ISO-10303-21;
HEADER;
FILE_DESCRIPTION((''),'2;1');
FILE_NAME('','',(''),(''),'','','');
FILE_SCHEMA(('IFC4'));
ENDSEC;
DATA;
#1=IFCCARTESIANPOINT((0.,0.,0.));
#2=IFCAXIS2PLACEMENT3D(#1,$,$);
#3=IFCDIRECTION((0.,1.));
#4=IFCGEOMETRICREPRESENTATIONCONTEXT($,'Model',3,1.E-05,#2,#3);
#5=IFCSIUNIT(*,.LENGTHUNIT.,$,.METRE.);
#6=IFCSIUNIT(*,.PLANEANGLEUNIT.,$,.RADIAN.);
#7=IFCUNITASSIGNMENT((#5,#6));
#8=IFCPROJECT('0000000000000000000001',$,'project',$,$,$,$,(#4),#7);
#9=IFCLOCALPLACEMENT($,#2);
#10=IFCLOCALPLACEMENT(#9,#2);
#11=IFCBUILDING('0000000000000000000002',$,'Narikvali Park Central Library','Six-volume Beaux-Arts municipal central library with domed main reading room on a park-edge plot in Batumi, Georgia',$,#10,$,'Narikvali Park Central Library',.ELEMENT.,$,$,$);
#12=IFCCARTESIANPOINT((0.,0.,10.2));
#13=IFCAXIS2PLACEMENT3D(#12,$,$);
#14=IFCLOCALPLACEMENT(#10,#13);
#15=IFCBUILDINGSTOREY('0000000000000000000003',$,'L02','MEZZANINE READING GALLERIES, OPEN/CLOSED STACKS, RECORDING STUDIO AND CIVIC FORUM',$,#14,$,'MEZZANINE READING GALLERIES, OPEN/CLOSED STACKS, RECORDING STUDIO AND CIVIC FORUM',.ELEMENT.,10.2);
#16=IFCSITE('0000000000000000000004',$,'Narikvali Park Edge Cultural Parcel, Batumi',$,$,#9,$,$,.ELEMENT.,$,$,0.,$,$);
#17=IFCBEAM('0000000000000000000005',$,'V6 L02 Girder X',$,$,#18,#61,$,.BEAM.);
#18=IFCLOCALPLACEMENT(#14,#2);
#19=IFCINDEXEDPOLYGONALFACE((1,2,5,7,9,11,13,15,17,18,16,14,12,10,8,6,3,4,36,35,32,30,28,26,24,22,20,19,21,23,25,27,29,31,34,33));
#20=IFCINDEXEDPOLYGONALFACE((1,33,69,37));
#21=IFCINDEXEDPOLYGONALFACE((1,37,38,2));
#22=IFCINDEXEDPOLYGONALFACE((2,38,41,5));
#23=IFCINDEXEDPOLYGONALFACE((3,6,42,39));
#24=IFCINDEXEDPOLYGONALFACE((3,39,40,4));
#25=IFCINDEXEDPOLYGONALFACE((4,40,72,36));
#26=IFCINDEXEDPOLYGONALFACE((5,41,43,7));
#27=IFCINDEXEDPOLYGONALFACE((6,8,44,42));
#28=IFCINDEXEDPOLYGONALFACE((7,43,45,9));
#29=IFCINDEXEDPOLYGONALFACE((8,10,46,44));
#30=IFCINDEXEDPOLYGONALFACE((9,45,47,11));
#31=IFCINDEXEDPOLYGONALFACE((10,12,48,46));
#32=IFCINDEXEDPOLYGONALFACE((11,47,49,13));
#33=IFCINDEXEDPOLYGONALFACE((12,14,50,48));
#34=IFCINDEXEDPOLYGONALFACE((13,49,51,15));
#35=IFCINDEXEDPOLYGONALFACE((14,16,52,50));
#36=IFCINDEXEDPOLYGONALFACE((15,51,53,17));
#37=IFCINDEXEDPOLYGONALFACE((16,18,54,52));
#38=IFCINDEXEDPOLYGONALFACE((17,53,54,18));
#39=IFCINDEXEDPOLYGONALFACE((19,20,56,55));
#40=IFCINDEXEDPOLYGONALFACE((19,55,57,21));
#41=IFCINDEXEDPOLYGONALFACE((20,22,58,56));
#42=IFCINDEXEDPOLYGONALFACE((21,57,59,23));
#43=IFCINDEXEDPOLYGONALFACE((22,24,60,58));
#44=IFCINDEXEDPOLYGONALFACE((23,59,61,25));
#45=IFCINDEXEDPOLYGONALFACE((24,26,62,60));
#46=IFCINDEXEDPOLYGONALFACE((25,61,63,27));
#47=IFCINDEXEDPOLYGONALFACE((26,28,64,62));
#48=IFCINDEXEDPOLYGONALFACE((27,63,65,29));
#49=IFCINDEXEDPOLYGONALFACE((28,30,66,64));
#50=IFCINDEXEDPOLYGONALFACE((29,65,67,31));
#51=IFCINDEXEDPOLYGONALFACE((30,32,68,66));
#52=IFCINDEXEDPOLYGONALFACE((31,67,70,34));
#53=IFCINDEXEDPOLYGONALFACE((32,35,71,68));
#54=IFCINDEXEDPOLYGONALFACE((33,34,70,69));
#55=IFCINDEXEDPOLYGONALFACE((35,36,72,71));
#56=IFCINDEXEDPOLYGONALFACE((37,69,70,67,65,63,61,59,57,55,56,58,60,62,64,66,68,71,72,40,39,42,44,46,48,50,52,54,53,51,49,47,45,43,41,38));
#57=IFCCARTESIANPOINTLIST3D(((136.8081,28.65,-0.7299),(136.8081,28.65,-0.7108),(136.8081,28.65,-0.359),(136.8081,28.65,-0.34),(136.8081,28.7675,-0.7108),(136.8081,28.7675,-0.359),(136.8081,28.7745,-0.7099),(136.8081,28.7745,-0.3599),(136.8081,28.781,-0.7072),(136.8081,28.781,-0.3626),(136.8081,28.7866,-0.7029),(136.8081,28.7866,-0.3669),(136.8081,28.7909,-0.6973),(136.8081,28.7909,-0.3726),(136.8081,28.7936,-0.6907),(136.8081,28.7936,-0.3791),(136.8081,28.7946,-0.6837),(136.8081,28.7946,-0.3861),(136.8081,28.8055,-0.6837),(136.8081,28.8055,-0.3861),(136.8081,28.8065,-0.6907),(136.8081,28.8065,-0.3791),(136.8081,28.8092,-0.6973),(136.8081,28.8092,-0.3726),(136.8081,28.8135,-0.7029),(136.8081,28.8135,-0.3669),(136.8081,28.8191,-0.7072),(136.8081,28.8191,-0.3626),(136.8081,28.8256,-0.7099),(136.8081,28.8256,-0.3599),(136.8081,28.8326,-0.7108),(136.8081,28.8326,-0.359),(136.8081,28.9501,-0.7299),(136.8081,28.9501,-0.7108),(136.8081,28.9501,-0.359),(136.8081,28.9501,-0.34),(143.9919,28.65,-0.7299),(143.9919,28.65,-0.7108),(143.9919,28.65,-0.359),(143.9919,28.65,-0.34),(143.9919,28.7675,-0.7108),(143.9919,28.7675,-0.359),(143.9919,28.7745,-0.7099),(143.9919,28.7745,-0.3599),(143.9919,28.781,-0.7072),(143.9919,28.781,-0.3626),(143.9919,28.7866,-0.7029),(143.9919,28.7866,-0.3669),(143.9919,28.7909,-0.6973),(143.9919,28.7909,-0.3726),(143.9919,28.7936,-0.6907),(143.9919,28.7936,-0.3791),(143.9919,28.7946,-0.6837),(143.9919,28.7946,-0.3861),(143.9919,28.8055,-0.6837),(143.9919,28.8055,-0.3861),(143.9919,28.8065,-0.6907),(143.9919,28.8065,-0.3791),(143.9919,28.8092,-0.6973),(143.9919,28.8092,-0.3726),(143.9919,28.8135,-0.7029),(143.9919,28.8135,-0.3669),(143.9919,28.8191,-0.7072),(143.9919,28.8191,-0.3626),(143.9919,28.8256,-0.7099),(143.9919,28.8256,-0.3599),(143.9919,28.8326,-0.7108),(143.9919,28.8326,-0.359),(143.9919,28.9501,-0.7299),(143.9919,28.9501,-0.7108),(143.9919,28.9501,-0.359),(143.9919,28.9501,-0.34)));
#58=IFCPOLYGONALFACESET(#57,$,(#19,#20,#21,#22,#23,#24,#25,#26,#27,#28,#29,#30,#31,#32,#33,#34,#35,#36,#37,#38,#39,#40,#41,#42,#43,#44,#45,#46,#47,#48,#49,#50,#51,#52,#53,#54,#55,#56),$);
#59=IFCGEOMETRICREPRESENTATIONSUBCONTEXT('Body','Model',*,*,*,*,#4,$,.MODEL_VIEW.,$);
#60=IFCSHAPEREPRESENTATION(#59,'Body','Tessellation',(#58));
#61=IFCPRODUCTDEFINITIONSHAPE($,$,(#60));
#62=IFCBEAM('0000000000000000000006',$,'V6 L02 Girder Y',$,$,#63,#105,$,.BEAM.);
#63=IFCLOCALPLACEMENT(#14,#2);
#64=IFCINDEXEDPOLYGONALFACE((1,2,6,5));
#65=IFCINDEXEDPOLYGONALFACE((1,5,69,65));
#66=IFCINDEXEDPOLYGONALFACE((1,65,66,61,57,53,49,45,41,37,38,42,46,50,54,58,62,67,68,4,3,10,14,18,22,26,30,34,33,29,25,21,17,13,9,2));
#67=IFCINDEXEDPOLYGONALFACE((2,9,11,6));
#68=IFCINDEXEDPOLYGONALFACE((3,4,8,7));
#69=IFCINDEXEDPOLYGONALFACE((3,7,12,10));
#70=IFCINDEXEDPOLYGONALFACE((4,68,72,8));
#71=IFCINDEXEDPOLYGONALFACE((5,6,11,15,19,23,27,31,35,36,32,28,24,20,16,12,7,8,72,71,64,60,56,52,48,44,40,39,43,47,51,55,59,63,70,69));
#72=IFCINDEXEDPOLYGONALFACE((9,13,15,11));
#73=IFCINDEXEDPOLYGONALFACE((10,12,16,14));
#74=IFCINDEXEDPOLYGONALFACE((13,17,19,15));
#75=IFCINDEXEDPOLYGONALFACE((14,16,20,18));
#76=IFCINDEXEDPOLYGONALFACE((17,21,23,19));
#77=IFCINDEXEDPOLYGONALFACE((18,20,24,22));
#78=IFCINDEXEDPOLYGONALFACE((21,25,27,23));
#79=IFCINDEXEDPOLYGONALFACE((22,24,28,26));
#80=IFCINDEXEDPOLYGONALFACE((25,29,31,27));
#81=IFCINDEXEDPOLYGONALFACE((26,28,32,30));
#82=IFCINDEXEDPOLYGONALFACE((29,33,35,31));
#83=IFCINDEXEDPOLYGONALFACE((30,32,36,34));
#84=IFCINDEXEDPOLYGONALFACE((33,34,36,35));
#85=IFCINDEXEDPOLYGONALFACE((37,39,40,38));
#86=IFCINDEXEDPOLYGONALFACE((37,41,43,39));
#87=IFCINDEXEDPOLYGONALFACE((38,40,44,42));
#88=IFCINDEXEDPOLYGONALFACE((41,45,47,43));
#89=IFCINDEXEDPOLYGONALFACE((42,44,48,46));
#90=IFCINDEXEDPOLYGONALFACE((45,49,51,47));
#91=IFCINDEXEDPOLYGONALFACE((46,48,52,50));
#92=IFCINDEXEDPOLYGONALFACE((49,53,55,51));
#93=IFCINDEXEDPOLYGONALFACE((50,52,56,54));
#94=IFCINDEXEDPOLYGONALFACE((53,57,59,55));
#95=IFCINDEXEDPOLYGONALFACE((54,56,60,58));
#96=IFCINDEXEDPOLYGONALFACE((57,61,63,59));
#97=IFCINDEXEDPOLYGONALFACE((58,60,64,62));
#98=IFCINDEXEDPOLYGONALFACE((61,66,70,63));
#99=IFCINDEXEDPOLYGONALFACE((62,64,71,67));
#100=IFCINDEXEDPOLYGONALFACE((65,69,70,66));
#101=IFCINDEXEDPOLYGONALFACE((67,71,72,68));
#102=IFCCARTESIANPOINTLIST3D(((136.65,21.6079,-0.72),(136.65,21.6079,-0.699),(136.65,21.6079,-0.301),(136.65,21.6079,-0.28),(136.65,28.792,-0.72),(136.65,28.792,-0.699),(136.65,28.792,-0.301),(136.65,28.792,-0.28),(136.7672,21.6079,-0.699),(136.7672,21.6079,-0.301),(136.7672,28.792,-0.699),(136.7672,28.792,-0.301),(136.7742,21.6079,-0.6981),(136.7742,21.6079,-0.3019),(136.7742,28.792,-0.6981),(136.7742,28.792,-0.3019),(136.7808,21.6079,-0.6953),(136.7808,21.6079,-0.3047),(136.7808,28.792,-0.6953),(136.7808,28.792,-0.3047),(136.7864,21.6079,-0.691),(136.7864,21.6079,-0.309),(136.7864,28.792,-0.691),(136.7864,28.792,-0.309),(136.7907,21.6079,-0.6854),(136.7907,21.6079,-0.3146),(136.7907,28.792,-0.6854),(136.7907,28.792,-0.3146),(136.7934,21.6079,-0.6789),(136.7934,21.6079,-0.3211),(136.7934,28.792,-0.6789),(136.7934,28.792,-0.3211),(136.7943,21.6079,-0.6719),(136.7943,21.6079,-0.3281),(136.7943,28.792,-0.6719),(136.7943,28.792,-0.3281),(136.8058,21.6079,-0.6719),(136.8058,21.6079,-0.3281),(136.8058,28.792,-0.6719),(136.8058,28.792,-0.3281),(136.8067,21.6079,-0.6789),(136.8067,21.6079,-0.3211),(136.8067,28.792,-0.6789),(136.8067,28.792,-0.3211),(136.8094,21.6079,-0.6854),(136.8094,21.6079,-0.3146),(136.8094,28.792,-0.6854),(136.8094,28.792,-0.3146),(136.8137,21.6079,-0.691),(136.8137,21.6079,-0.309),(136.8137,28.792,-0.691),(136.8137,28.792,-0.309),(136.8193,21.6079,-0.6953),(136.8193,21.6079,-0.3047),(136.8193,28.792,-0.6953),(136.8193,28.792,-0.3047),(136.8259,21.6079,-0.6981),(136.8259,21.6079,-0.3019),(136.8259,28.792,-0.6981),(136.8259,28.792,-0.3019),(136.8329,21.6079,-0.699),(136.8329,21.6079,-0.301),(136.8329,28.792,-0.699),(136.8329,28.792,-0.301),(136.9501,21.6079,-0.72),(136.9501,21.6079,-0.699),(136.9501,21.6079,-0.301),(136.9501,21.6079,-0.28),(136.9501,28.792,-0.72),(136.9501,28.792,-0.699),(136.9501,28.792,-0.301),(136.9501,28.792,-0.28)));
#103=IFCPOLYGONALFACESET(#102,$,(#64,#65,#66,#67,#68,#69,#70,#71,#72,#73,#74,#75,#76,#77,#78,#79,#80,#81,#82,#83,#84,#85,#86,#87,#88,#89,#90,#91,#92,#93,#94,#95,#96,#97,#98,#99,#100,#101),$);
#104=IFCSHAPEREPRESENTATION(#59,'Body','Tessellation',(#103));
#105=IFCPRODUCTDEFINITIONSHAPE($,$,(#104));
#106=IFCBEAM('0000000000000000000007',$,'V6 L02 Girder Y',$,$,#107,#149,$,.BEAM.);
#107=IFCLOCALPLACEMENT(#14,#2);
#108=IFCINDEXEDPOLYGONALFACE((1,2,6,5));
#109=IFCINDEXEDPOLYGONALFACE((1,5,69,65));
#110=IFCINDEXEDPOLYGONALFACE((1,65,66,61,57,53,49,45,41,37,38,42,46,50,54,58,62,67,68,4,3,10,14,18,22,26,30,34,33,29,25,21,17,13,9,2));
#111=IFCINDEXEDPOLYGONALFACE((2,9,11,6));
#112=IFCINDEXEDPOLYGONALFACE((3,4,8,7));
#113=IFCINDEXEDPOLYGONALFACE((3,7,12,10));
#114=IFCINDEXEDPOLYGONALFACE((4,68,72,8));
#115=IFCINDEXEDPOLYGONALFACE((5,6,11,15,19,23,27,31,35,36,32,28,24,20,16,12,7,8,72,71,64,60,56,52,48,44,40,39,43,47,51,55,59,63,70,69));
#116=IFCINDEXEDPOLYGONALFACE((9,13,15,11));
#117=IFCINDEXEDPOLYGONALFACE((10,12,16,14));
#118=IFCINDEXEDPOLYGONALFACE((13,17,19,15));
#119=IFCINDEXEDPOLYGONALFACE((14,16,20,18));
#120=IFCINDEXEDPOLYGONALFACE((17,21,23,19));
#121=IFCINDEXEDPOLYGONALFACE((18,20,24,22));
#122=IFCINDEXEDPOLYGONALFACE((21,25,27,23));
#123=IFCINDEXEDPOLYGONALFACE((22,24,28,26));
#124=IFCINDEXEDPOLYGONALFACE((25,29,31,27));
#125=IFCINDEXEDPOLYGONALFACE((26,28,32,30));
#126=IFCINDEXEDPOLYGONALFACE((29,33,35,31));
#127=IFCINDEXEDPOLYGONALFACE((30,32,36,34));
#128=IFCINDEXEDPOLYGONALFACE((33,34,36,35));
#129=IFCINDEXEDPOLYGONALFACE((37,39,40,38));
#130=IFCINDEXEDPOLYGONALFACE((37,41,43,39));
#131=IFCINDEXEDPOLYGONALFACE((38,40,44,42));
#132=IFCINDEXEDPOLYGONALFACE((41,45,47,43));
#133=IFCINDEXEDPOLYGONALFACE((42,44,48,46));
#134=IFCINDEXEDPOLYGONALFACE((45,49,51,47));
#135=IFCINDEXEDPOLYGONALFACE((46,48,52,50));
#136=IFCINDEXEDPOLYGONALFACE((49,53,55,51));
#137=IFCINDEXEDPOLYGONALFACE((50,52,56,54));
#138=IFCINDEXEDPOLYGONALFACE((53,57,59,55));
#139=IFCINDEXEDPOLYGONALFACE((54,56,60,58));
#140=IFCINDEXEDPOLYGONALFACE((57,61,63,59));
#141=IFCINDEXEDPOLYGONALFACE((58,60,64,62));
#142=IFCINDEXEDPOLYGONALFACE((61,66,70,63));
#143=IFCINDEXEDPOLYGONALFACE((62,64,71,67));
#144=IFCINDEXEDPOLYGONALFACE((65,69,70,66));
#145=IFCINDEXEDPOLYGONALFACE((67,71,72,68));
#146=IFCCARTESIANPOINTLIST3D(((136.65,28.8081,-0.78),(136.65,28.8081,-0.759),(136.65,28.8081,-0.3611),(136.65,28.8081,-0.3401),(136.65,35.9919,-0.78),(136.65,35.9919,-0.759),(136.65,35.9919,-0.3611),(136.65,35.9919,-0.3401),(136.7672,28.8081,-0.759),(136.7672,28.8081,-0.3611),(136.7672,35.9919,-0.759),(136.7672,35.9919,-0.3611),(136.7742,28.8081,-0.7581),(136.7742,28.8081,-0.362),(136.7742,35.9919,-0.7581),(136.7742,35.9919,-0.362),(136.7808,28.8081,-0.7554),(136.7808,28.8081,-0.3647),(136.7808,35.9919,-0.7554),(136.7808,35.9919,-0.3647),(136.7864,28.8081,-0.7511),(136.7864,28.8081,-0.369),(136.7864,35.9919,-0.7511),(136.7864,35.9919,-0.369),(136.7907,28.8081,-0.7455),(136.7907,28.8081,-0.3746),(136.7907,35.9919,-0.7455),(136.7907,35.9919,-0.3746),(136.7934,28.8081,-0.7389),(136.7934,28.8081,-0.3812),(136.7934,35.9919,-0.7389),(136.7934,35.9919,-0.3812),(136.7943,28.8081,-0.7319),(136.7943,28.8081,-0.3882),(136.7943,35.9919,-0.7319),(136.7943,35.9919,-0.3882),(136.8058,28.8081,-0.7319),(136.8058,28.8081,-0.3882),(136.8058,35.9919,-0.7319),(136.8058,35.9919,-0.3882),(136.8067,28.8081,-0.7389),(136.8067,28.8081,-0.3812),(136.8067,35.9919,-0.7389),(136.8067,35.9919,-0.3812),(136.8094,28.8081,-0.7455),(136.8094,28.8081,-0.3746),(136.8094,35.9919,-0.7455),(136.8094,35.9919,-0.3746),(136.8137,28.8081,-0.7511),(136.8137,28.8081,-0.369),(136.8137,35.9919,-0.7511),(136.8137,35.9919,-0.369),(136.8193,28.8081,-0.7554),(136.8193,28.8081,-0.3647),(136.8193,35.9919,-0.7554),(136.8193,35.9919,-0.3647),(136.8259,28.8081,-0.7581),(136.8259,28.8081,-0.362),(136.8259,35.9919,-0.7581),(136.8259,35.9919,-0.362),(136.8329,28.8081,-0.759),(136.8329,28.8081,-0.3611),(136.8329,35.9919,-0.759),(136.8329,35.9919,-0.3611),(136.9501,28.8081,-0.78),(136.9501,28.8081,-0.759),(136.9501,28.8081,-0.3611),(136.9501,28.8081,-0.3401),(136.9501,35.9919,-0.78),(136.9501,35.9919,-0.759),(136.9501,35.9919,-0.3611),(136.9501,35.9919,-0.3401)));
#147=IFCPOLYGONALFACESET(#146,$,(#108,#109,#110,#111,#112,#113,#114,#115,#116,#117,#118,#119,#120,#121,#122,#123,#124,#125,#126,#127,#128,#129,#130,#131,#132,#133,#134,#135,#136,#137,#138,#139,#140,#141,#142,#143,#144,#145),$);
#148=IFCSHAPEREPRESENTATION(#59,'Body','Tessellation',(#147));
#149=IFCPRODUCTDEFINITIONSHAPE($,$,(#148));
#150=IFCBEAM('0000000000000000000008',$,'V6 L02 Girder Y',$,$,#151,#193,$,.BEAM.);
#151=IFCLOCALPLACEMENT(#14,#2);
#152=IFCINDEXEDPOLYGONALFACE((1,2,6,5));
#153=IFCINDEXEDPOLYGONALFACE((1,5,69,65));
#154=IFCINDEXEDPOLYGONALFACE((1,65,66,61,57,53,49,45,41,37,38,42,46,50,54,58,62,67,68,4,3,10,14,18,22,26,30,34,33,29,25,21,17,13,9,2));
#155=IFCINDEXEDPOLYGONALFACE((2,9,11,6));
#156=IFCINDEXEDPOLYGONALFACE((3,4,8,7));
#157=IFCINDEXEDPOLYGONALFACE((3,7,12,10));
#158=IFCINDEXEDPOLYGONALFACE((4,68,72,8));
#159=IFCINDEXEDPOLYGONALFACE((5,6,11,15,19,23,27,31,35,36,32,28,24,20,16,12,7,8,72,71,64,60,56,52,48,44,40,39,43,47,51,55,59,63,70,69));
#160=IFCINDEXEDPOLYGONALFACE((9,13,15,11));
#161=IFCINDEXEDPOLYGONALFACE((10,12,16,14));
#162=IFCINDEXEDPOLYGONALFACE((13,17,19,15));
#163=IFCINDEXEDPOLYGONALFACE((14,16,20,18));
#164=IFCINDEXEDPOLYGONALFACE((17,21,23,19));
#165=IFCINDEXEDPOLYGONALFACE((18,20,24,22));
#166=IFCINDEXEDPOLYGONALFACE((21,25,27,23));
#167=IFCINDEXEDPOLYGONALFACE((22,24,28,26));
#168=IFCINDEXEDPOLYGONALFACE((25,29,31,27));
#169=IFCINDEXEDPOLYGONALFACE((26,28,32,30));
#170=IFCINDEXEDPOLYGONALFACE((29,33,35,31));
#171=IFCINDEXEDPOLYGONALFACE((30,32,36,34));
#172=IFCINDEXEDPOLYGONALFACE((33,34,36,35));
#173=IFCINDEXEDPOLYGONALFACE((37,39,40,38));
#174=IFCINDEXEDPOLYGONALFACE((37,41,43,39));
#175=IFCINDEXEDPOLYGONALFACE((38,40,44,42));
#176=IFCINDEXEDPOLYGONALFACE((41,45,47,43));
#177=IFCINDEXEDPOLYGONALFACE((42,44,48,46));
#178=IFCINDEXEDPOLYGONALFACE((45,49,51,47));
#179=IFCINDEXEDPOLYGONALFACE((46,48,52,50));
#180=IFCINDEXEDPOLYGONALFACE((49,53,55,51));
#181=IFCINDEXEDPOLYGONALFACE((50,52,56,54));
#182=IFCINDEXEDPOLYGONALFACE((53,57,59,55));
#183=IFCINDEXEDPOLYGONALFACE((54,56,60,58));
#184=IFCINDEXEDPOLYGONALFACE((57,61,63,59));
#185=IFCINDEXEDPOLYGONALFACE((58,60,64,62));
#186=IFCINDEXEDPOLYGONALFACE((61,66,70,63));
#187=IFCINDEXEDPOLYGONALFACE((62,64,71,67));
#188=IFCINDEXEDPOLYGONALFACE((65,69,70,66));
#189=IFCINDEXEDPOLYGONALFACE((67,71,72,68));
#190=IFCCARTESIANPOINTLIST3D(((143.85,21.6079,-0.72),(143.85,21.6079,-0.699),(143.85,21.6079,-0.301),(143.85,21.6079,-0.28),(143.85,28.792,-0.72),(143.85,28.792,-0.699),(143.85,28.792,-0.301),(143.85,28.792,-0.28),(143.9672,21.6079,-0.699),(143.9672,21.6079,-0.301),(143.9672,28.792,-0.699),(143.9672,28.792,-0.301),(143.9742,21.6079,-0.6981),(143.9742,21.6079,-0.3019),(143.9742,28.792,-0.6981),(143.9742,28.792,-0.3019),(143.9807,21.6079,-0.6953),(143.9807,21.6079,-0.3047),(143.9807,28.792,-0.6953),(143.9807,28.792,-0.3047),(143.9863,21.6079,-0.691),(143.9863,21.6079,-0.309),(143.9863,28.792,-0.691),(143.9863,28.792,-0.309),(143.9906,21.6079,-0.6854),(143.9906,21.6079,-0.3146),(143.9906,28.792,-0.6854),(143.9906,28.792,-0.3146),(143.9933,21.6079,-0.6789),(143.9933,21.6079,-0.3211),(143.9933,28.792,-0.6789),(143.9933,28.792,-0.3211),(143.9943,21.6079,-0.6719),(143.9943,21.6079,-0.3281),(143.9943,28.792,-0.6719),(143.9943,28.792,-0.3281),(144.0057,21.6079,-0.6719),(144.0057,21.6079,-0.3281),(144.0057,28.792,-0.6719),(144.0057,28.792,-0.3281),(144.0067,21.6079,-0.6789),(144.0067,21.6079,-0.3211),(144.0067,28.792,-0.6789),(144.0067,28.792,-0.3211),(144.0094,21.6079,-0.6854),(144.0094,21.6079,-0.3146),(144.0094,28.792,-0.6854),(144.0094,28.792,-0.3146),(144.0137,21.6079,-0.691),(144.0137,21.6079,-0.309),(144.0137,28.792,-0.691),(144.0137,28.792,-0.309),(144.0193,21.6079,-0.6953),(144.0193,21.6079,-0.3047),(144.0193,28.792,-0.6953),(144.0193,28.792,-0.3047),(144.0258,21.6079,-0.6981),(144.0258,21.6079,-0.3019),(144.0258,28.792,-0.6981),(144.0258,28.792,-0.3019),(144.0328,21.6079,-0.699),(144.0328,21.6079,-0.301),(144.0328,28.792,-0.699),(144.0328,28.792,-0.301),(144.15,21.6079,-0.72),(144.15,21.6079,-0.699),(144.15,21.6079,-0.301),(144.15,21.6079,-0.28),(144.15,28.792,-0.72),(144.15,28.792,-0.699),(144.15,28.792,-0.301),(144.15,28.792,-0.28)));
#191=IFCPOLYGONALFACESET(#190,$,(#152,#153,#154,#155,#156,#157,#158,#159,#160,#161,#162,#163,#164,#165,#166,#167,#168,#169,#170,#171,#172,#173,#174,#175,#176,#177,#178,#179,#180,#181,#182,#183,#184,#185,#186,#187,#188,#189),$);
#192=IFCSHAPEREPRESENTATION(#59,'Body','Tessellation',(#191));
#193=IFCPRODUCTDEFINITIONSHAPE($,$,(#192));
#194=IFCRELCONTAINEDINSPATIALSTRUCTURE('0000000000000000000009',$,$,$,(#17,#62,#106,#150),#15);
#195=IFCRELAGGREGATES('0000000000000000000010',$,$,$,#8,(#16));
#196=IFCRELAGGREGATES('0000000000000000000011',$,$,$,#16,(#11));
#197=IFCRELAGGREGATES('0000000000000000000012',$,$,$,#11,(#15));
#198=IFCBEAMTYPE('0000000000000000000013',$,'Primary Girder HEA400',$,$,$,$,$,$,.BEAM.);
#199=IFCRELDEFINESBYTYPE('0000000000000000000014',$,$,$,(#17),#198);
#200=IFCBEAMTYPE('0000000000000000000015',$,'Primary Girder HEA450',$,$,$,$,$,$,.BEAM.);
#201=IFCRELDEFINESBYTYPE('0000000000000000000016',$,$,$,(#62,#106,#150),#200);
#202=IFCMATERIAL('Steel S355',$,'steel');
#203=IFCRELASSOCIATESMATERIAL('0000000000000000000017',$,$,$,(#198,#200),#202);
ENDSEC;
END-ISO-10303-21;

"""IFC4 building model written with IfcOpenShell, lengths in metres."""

from ifc_helpers import new_model, si_unit, direction, frame, origin, origin_2d, place, context, subcontext, project, spatial, i_section, extrude, material, material_profile, profile_set, type_object, element, save


model = new_model("IFC4")

# Units and contexts
model_context = context("Model", 3, precision=1e-05, world=origin(), true_north=direction((0.0, 1.0)))
body_context = subcontext(model_context, "Body", "Model", "MODEL_VIEW")
ifc_project = project(units=[si_unit("LENGTHUNIT", "METRE"), si_unit("PLANEANGLEUNIT", "RADIAN")], contexts=[model_context])

# Site, building, storey
site_placement = place(None, origin())
site = spatial("IfcSite", under=ifc_project, at=site_placement, Name="Narikvali Park Edge Cultural Parcel, Batumi", CompositionType="ELEMENT", RefElevation=0.0)
building_placement = place(site_placement, origin())
building = spatial("IfcBuilding", under=site, at=building_placement, Name="Narikvali Park Central Library", Description="Six-volume Beaux-Arts municipal central library with domed main reading room on a park-edge plot in Batumi, Georgia", LongName="Narikvali Park Central Library", CompositionType="ELEMENT")
storey_placement = place(building_placement, frame((0.0, 0.0, 10.2)))
storey = spatial("IfcBuildingStorey", under=building, at=storey_placement, Name="L02", Description="MEZZANINE READING GALLERIES, OPEN/CLOSED STACKS, RECORDING STUDIO AND CIVIC FORUM", LongName="MEZZANINE READING GALLERIES, OPEN/CLOSED STACKS, RECORDING STUDIO AND CIVIC FORUM", CompositionType="ELEMENT", Elevation=10.2)

# Shared definitions
ifc_material_1 = material(Name="Steel S355", Category="steel")

# Beams
ifc_material_profile_1 = material_profile(ifc_material_1, i_section(OverallWidth=0.3, OverallDepth=0.3899, WebThickness=0.011, FlangeThickness=0.019, FilletRadius=0.0271, at=origin_2d()), Name="HEA 400")
ifc_profile_set_1 = profile_set([ifc_material_profile_1], Name="Steel S355")
beam_type_1 = type_object("IfcBeamType", Name="Primary Girder HEA400", PredefinedType="BEAM", material=ifc_profile_set_1)
for number, where, z_axis, x_axis, name in (
    (1, (136.8081, 28.8, -0.5349), (1.0, 0.0, 0.0), (0.0, 1.0, 0.0), "V6 L02 Girder X"),
):
    element("IfcBeam", number, at=place(storey_placement, frame(where, z_axis=z_axis, x_axis=x_axis)), inside=storey, type_object=beam_type_1, Name=name, PredefinedType="BEAM", context=body_context, shape_type="SweptSolid", body=[
        extrude(i_section(OverallWidth=0.3, OverallDepth=0.3899, WebThickness=0.011, FlangeThickness=0.019, FilletRadius=0.0271, at=origin_2d()), origin(), (0.0, 0.0, 1.0), 7.1838),
    ])
ifc_material_profile_2 = material_profile(ifc_material_1, i_section(OverallWidth=0.3, OverallDepth=0.4399, WebThickness=0.0115, FlangeThickness=0.021, FilletRadius=0.0271, at=origin_2d()), Name="HEA 450")
ifc_profile_set_2 = profile_set([ifc_material_profile_2], Name="Steel S355")
beam_type_2 = type_object("IfcBeamType", Name="Primary Girder HEA450", PredefinedType="BEAM", material=ifc_profile_set_2)
beam_1_placement = place(storey_placement, frame((136.8, 21.6079, -0.5), z_axis=(0.0, 1.0, 0.0), x_axis=(-1.0, 0.0, 0.0)))
element("IfcBeam", 2, at=beam_1_placement, inside=storey, type_object=beam_type_2, Name="V6 L02 Girder Y", PredefinedType="BEAM", context=body_context, shape_type="SweptSolid", body=[
    extrude(i_section(OverallWidth=0.3, OverallDepth=0.4399, WebThickness=0.0115, FlangeThickness=0.021, FilletRadius=0.0271, at=origin_2d()), origin(), (0.0, 0.0, 1.0), 7.1841),
])
beam_2_placement = place(storey_placement, frame((136.8, 28.8081, -0.5601), z_axis=(0.0, 1.0, 0.0), x_axis=(-1.0, 0.0, 0.0)))
element("IfcBeam", 3, at=beam_2_placement, inside=storey, type_object=beam_type_2, Name="V6 L02 Girder Y", PredefinedType="BEAM", context=body_context, shape_type="SweptSolid", body=[
    extrude(i_section(OverallWidth=0.3, OverallDepth=0.4399, WebThickness=0.0115, FlangeThickness=0.021, FilletRadius=0.0271, at=origin_2d()), origin(), (0.0, 0.0, 1.0), 7.1838),
])
beam_3_placement = place(storey_placement, frame((144.0, 21.6079, -0.5), z_axis=(0.0, 1.0, 0.0), x_axis=(-1.0, 0.0, 0.0)))
element("IfcBeam", 4, at=beam_3_placement, inside=storey, type_object=beam_type_2, Name="V6 L02 Girder Y", PredefinedType="BEAM", context=body_context, shape_type="SweptSolid", body=[
    extrude(i_section(OverallWidth=0.3, OverallDepth=0.4399, WebThickness=0.0115, FlangeThickness=0.021, FilletRadius=0.0271, at=origin_2d()), origin(), (0.0, 0.0, 1.0), 7.1841),
])

save(model, "model.ifc")
